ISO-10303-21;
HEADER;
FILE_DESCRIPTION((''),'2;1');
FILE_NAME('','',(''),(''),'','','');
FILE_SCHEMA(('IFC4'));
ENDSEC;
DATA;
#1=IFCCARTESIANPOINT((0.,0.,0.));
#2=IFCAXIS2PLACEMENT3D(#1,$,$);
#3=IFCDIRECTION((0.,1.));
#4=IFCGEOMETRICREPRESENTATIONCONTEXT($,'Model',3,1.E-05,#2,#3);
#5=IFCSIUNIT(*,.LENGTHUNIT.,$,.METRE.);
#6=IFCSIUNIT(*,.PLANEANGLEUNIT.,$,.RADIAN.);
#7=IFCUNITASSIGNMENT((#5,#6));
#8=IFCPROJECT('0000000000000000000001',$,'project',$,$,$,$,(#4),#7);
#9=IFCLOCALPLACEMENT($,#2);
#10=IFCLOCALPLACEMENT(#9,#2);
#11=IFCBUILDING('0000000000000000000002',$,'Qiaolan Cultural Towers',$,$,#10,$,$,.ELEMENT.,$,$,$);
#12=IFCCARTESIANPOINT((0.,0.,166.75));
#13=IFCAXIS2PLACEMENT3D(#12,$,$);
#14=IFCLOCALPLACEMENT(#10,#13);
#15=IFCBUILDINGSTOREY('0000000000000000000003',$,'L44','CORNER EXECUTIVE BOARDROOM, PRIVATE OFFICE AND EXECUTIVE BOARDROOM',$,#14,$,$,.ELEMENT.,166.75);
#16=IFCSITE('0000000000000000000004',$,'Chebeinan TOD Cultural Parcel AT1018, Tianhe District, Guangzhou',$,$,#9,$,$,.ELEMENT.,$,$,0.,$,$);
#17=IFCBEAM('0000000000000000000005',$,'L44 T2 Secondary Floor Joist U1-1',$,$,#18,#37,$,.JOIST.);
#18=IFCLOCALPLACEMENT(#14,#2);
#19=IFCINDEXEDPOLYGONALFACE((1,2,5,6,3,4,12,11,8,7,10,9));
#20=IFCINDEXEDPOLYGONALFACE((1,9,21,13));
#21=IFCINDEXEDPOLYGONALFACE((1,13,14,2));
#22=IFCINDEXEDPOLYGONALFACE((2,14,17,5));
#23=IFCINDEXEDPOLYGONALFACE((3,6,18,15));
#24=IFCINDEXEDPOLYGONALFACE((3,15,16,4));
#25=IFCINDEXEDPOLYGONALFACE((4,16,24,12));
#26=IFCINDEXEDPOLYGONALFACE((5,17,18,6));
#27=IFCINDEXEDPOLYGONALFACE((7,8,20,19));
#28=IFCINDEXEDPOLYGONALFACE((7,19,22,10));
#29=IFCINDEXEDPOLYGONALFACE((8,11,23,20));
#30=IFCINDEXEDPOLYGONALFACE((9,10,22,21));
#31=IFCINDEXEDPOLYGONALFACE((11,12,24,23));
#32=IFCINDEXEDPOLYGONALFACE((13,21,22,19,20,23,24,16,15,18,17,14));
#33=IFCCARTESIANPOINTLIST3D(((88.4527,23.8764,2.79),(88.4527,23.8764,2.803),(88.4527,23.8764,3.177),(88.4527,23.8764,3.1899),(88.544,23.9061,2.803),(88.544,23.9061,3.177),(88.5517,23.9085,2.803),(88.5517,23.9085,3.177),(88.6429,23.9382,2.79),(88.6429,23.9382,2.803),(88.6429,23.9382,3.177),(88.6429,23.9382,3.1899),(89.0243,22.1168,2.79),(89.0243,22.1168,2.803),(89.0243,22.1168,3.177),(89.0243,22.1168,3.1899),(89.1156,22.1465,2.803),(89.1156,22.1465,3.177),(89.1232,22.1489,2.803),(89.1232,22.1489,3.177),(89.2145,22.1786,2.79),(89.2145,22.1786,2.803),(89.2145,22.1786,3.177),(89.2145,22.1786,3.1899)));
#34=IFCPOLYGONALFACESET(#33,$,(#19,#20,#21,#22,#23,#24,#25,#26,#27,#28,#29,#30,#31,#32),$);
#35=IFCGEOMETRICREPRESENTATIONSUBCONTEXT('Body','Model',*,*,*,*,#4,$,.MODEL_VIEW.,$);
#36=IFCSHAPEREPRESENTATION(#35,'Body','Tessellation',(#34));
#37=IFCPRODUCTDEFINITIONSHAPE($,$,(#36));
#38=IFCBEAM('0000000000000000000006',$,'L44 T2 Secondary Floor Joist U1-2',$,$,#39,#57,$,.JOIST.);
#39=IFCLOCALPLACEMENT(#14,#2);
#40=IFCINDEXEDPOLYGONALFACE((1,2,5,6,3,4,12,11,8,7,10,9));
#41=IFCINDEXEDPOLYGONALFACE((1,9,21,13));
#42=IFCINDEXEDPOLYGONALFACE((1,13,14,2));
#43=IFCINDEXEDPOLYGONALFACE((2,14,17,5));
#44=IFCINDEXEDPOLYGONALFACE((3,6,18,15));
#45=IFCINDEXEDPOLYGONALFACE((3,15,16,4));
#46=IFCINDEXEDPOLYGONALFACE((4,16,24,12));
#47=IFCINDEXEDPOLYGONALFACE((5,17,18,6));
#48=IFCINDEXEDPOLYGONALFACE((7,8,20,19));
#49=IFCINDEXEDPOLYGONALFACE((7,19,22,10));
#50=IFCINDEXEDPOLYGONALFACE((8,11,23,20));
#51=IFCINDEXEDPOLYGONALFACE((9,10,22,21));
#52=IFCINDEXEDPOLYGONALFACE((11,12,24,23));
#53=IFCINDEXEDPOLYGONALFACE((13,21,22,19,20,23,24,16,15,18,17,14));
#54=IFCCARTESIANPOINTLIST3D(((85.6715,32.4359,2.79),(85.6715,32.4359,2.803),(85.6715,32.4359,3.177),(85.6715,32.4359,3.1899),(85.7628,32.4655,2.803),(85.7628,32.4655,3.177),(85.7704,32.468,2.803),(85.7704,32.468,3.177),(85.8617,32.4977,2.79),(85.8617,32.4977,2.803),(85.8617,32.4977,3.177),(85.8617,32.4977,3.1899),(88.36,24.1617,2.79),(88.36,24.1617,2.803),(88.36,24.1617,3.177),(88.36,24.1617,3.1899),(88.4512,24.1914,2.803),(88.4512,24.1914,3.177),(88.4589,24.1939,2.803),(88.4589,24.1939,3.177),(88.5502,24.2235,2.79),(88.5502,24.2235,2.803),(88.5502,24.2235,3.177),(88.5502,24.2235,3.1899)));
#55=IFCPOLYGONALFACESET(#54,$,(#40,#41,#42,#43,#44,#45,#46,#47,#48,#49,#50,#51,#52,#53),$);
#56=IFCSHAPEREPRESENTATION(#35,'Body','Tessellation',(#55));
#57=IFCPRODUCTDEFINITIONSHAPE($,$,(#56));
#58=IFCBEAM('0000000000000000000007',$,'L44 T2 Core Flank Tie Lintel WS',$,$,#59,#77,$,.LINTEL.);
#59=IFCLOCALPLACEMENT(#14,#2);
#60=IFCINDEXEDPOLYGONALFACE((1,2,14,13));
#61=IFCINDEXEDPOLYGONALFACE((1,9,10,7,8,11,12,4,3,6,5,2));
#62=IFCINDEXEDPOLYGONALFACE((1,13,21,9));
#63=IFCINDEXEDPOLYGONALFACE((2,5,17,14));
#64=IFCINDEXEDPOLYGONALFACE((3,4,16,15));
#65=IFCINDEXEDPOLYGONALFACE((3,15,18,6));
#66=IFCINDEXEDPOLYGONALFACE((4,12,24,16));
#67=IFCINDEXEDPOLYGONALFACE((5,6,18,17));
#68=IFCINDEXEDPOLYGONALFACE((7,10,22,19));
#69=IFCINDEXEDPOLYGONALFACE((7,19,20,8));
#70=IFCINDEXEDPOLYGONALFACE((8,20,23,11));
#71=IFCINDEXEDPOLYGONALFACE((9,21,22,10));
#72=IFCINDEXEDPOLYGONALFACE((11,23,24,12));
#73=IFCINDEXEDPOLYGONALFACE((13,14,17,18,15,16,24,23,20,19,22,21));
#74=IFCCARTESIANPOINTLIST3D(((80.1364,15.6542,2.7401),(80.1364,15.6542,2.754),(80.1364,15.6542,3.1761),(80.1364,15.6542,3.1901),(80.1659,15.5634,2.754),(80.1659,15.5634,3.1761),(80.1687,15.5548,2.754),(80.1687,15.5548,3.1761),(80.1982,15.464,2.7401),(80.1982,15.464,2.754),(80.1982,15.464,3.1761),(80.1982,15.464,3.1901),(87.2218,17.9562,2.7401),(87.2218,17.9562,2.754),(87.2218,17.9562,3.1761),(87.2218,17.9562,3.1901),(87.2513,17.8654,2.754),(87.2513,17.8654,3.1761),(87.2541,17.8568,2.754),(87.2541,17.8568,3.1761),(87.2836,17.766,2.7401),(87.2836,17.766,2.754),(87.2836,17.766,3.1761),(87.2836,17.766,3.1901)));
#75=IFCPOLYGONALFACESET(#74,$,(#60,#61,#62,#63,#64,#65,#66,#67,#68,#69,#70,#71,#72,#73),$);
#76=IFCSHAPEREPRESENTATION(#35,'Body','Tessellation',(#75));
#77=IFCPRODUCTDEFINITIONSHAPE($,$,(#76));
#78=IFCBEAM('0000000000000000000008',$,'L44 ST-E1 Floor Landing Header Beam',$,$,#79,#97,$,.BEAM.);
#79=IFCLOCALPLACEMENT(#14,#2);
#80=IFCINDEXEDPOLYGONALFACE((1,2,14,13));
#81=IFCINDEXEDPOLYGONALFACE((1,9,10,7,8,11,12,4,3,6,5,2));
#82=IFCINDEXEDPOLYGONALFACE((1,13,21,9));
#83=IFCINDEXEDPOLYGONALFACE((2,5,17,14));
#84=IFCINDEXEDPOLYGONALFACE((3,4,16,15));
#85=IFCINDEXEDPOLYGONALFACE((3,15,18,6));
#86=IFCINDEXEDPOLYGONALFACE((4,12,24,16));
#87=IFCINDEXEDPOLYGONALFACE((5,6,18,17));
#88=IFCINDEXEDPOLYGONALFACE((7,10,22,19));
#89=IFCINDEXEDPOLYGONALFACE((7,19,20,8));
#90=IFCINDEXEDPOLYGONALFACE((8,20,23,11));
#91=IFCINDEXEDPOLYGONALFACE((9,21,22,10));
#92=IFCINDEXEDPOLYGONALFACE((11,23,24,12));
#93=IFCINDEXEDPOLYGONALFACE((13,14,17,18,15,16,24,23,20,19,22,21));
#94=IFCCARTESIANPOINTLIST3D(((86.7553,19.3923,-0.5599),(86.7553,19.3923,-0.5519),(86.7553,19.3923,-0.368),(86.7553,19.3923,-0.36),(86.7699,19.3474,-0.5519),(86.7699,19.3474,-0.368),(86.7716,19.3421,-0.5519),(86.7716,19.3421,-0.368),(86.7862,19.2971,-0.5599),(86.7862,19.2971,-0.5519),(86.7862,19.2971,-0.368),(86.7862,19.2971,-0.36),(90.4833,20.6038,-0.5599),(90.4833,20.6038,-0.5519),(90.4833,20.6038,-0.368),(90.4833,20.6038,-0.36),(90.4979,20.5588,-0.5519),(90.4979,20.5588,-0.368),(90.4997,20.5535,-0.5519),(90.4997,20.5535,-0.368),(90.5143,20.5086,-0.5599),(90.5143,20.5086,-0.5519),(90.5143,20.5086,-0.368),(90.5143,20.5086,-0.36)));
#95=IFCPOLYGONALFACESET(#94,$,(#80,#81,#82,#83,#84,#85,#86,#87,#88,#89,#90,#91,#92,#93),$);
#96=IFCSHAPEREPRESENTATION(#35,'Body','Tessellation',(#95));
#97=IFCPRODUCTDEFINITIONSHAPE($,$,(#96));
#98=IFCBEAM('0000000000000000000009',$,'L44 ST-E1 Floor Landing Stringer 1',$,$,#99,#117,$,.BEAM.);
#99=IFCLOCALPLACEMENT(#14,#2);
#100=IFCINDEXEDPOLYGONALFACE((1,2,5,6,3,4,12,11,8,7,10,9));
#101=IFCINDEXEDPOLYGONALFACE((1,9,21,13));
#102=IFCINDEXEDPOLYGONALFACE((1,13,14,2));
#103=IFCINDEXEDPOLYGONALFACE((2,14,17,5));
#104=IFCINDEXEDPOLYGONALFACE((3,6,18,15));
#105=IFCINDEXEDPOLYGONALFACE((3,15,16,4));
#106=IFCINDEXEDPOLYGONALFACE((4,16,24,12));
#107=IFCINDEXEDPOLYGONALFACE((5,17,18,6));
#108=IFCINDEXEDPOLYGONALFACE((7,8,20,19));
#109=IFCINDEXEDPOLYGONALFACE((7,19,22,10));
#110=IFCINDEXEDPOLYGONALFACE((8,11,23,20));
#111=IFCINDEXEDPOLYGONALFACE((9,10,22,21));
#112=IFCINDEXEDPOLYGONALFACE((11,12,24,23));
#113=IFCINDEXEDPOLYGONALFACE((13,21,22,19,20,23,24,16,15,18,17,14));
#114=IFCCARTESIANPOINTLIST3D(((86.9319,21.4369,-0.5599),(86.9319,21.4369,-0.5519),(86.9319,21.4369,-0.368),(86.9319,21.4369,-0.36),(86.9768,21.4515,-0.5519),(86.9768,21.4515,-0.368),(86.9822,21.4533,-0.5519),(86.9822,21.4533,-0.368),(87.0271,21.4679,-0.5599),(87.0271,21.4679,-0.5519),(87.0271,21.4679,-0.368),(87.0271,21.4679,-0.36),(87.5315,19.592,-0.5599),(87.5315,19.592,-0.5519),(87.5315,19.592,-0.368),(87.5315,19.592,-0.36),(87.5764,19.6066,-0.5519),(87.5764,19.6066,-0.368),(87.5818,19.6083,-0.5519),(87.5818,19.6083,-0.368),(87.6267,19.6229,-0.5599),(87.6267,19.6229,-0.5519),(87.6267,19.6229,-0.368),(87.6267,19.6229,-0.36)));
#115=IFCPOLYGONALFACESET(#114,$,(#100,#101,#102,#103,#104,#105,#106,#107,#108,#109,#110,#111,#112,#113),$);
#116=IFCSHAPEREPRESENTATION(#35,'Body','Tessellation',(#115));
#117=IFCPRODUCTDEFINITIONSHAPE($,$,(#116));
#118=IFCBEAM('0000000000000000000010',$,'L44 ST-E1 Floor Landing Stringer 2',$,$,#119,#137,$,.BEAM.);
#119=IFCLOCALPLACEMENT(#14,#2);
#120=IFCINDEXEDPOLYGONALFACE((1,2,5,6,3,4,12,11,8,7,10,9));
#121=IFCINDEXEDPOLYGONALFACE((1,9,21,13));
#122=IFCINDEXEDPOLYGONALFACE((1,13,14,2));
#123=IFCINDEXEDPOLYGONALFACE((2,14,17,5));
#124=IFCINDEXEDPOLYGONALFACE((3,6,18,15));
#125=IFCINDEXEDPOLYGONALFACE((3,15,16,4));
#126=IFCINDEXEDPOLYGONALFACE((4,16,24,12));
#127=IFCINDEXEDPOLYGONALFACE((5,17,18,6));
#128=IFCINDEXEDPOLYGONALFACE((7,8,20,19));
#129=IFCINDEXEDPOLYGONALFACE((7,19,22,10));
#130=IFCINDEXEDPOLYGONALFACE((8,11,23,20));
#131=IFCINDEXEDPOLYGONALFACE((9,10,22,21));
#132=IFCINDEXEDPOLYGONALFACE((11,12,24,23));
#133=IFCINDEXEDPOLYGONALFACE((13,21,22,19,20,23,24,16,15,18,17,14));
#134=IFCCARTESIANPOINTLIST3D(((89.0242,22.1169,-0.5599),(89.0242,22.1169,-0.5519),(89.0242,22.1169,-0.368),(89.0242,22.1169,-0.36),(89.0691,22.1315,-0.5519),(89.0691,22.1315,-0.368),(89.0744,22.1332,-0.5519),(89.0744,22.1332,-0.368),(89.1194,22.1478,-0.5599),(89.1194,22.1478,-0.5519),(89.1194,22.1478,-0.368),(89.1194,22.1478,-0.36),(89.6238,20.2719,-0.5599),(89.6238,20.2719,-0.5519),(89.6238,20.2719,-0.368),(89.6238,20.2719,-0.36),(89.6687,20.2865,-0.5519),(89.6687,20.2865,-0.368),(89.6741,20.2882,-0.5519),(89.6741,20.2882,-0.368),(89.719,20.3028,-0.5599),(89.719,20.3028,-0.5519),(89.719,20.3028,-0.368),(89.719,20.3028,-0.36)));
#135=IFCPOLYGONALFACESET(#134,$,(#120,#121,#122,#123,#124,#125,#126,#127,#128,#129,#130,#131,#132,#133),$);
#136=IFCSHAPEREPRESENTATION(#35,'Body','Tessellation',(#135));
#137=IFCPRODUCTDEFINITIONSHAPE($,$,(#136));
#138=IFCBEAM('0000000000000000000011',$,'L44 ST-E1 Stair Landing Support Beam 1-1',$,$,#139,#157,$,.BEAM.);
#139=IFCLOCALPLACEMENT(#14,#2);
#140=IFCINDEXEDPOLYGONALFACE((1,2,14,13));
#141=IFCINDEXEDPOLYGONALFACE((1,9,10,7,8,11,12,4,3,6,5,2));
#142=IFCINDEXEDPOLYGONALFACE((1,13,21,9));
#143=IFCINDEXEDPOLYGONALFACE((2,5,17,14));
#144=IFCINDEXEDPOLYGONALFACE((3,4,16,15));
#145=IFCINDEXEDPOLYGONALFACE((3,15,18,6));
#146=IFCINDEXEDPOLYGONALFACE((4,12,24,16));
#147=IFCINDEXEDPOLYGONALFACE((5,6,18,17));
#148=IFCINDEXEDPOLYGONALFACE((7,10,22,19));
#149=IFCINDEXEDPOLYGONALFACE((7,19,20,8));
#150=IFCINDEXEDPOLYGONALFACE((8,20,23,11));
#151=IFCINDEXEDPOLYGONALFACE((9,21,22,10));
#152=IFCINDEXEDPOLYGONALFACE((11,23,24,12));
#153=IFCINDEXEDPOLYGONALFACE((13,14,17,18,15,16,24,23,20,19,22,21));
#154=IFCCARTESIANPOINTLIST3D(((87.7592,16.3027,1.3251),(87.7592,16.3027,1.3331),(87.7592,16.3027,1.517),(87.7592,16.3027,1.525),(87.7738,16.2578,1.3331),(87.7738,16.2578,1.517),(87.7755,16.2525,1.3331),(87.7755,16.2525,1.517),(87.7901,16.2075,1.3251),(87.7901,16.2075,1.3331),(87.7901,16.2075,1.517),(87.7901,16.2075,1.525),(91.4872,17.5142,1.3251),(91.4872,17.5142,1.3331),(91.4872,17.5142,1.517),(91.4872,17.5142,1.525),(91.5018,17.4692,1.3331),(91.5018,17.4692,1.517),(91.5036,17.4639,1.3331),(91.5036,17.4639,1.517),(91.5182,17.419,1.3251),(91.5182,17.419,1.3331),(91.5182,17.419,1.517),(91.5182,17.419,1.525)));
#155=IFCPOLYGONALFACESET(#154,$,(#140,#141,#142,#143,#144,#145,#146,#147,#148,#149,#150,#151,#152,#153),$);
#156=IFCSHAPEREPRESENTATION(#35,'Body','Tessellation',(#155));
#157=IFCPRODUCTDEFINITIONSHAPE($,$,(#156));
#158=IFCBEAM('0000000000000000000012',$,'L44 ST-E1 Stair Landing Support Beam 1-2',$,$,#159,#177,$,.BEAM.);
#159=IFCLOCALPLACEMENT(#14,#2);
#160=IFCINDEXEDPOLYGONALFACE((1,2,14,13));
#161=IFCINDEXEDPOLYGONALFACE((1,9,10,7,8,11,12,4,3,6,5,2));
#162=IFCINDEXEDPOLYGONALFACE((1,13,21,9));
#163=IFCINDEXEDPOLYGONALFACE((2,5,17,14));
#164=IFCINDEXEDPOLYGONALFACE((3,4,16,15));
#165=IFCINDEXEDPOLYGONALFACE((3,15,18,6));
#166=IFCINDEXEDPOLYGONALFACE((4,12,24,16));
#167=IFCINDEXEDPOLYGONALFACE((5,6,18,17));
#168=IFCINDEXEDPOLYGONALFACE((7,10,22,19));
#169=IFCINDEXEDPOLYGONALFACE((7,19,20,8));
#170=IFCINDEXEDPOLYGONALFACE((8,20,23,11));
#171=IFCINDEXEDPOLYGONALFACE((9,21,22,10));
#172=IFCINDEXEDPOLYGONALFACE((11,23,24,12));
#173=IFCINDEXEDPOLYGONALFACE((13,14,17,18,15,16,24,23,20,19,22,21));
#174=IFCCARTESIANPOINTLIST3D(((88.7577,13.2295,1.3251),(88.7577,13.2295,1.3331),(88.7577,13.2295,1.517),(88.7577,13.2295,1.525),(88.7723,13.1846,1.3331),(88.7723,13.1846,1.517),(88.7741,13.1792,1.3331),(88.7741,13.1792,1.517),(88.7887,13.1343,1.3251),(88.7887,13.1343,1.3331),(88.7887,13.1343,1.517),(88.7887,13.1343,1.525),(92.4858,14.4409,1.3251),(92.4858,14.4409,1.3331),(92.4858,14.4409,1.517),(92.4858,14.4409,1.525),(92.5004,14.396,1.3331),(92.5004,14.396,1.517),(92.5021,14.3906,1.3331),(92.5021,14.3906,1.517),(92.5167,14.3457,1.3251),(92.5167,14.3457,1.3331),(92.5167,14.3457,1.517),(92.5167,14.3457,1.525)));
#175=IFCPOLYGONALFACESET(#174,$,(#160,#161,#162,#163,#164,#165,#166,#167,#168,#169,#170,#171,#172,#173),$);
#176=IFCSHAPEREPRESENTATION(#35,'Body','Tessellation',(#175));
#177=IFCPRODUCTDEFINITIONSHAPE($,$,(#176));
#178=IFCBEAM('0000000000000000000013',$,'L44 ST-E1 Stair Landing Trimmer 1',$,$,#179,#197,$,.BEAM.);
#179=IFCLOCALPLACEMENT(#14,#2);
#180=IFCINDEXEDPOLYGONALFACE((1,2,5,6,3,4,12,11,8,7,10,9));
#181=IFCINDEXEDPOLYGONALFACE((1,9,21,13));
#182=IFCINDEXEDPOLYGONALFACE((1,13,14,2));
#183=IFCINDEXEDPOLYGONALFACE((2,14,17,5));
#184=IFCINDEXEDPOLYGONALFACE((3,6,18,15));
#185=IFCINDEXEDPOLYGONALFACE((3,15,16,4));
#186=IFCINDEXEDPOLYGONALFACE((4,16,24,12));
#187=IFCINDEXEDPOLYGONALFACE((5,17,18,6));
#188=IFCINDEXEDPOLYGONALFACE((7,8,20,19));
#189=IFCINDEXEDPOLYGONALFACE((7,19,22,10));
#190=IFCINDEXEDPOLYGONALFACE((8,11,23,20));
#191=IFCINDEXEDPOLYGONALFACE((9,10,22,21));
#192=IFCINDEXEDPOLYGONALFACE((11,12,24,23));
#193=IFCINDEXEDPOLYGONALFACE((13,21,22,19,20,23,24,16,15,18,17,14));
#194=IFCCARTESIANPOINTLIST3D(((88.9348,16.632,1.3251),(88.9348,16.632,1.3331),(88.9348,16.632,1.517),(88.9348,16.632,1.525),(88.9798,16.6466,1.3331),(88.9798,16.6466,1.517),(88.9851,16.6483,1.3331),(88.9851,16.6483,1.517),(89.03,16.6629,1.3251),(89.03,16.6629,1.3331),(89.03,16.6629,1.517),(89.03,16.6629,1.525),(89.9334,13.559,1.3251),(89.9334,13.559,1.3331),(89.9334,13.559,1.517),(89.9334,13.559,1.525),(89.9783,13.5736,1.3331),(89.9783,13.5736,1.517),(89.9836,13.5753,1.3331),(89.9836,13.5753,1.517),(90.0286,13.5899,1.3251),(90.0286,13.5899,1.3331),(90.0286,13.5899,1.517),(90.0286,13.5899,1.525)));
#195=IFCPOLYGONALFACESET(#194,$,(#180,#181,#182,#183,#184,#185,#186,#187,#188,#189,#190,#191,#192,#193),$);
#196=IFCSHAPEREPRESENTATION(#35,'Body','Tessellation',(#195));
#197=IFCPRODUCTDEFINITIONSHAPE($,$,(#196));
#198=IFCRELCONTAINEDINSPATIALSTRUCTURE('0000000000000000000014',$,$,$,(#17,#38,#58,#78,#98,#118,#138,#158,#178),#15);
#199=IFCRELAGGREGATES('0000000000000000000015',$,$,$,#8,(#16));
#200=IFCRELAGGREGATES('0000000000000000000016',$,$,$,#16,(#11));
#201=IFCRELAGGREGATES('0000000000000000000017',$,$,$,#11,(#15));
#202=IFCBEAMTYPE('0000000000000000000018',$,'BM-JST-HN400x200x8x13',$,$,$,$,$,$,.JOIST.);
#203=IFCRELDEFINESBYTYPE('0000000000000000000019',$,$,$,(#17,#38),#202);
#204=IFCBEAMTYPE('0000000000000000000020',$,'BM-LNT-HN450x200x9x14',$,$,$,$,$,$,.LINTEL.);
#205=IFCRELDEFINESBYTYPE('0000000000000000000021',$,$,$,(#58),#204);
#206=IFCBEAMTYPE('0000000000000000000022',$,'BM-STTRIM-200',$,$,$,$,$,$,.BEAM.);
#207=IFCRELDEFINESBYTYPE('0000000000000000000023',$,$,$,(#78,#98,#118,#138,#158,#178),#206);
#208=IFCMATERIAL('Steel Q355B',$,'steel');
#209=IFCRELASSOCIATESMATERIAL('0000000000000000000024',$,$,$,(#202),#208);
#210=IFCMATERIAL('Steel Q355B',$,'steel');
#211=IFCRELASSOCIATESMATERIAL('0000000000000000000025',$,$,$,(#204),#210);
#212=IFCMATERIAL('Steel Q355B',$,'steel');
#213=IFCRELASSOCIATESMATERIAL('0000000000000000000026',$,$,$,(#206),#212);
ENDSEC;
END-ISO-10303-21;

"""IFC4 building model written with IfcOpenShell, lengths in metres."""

from ifc_helpers import new_model, si_unit, direction, frame, origin, origin_2d, place, context, subcontext, project, spatial, i_section, extrude, material, material_profile, profile_set, type_object, element, save


model = new_model("IFC4")

# Units and contexts
model_context = context("Model", 3, precision=1e-05, world=origin(), true_north=direction((0.0, 1.0)))
body_context = subcontext(model_context, "Body", "Model", "MODEL_VIEW")
ifc_project = project(units=[si_unit("LENGTHUNIT", "METRE"), si_unit("PLANEANGLEUNIT", "RADIAN")], contexts=[model_context])

# Site, building, storey
site_placement = place(None, origin())
site = spatial("IfcSite", under=ifc_project, at=site_placement, Name="Chebeinan TOD Cultural Parcel AT1018, Tianhe District, Guangzhou", CompositionType="ELEMENT", RefElevation=0.0)
building_placement = place(site_placement, origin())
building = spatial("IfcBuilding", under=site, at=building_placement, Name="Qiaolan Cultural Towers", CompositionType="ELEMENT")
storey_placement = place(building_placement, frame((0.0, 0.0, 166.75)))
storey = spatial("IfcBuildingStorey", under=building, at=storey_placement, Name="L44", Description="CORNER EXECUTIVE BOARDROOM, PRIVATE OFFICE AND EXECUTIVE BOARDROOM", CompositionType="ELEMENT", Elevation=166.75)

# Beams
ifc_material_1 = material(Name="Steel Q355B", Category="steel")
ifc_material_profile_1 = material_profile(ifc_material_1, i_section(OverallWidth=0.2, OverallDepth=0.3999, WebThickness=0.0081, FlangeThickness=0.0129, at=origin_2d()), Name="HN400x200x8x13")
ifc_profile_set_1 = profile_set([ifc_material_profile_1], Name="Steel Q355B")
beam_type_1 = type_object("IfcBeamType", Name="BM-JST-HN400x200x8x13", PredefinedType="JOIST", material=ifc_profile_set_1)
beam_1_placement = place(storey_placement, frame((89.1194, 22.1477, 2.99), z_axis=(-0.308934, 0.951084, 0.0), x_axis=(-0.951084, -0.308934, 0.0)))
element("IfcBeam", 1, at=beam_1_placement, inside=storey, type_object=beam_type_1, Name="L44 T2 Secondary Floor Joist U1-1", PredefinedType="JOIST", context=body_context, shape_type="SweptSolid", body=[
    extrude(i_section(OverallWidth=0.2, OverallDepth=0.3999, WebThickness=0.0081, FlangeThickness=0.0129, at=origin_2d()), origin(), (0.0, 0.0, 1.0), 1.8501),
])
beam_2_placement = place(storey_placement, frame((88.4551, 24.1926, 2.99), z_axis=(-0.309021, 0.951055, 0.0), x_axis=(-0.951055, -0.309021, 0.0)))
element("IfcBeam", 2, at=beam_2_placement, inside=storey, type_object=beam_type_1, Name="L44 T2 Secondary Floor Joist U1-2", PredefinedType="JOIST", context=body_context, shape_type="SweptSolid", body=[
    extrude(i_section(OverallWidth=0.2, OverallDepth=0.3999, WebThickness=0.0081, FlangeThickness=0.0129, at=origin_2d()), origin(), (0.0, 0.0, 1.0), 8.7),
])
ifc_material_2 = material(Name="Steel Q355B", Category="steel")
ifc_material_profile_2 = material_profile(ifc_material_2, i_section(OverallWidth=0.2, OverallDepth=0.45, WebThickness=0.009, FlangeThickness=0.0139, at=origin_2d()), Name="HN450x200x9x14")
ifc_profile_set_2 = profile_set([ifc_material_profile_2], Name="Steel Q355B")
beam_type_2 = type_object("IfcBeamType", Name="BM-LNT-HN450x200x9x14", PredefinedType="LINTEL", material=ifc_profile_set_2)
beam_3_placement = place(storey_placement, frame((87.2527, 17.8611, 2.9651), z_axis=(-0.951064, -0.308993, 0.0), x_axis=(0.308993, -0.951064, 0.0)))
element("IfcBeam", 3, at=beam_3_placement, inside=storey, type_object=beam_type_2, Name="L44 T2 Core Flank Tie Lintel WS", PredefinedType="LINTEL", context=body_context, shape_type="SweptSolid", body=[
    extrude(i_section(OverallWidth=0.2, OverallDepth=0.45, WebThickness=0.009, FlangeThickness=0.0139, at=origin_2d()), origin(), (0.0, 0.0, 1.0), 7.45),
])
ifc_material_3 = material(Name="Steel Q355B", Category="steel")
ifc_material_profile_3 = material_profile(ifc_material_3, i_section(OverallWidth=0.1001, OverallDepth=0.2, WebThickness=0.0056, FlangeThickness=0.0081, at=origin_2d()), Name="HN200x100x5.5x8")
ifc_profile_set_3 = profile_set([ifc_material_profile_3], Name="Steel Q355B")
beam_type_3 = type_object("IfcBeamType", Name="BM-STTRIM-200", PredefinedType="BEAM", material=ifc_profile_set_3)
beam_4_placement = place(storey_placement, frame((86.7708, 19.3447, -0.46), z_axis=(0.951048, 0.309044, 0.0), x_axis=(-0.309044, 0.951048, 0.0)))
element("IfcBeam", 4, at=beam_4_placement, inside=storey, type_object=beam_type_3, Name="L44 ST-E1 Floor Landing Header Beam", PredefinedType="BEAM", context=body_context, shape_type="SweptSolid", body=[
    extrude(i_section(OverallWidth=0.1001, OverallDepth=0.2, WebThickness=0.0056, FlangeThickness=0.0081, at=origin_2d()), origin(), (0.0, 0.0, 1.0), 3.9199),
])
for number, where, z_axis, x_axis, name in (
    (5, (86.9795, 21.4524, -0.46), (0.309083, -0.951035, 0.0), (0.951035, 0.309083, 0.0), "L44 ST-E1 Floor Landing Stringer 1"),
    (6, (89.0718, 22.1323, -0.46), (0.309083, -0.951035, 0.0), (0.951035, 0.309083, 0.0), "L44 ST-E1 Floor Landing Stringer 2"),
):
    element("IfcBeam", number, at=place(storey_placement, frame(where, z_axis=z_axis, x_axis=x_axis)), inside=storey, type_object=beam_type_3, Name=name, PredefinedType="BEAM", context=body_context, shape_type="SweptSolid", body=[
        extrude(i_section(OverallWidth=0.1001, OverallDepth=0.2, WebThickness=0.0056, FlangeThickness=0.0081, at=origin_2d()), origin(), (0.0, 0.0, 1.0), 1.9399),
    ])
for number, where, z_axis, x_axis, name in (
    (7, (87.7747, 16.2551, 1.425), (0.951048, 0.309044, 0.0), (-0.309044, 0.951048, 0.0), "L44 ST-E1 Stair Landing Support Beam 1-1"),
    (8, (88.7732, 13.1819, 1.425), (0.951048, 0.309044, 0.0), (-0.309044, 0.951048, 0.0), "L44 ST-E1 Stair Landing Support Beam 1-2"),
):
    element("IfcBeam", number, at=place(storey_placement, frame(where, z_axis=z_axis, x_axis=x_axis)), inside=storey, type_object=beam_type_3, Name=name, PredefinedType="BEAM", context=body_context, shape_type="SweptSolid", body=[
        extrude(i_section(OverallWidth=0.1001, OverallDepth=0.2, WebThickness=0.0056, FlangeThickness=0.0081, at=origin_2d()), origin(), (0.0, 0.0, 1.0), 3.9199),
    ])
beam_5_placement = place(storey_placement, frame((88.9824, 16.6475, 1.425), z_axis=(0.309033, -0.951051, 0.0), x_axis=(0.951051, 0.309033, 0.0)))
element("IfcBeam", 9, at=beam_5_placement, inside=storey, type_object=beam_type_3, Name="L44 ST-E1 Stair Landing Trimmer 1", PredefinedType="BEAM", context=body_context, shape_type="SweptSolid", body=[
    extrude(i_section(OverallWidth=0.1001, OverallDepth=0.2, WebThickness=0.0056, FlangeThickness=0.0081, at=origin_2d()), origin(), (0.0, 0.0, 1.0), 3.2312),
])

save(model, "model.ifc")
